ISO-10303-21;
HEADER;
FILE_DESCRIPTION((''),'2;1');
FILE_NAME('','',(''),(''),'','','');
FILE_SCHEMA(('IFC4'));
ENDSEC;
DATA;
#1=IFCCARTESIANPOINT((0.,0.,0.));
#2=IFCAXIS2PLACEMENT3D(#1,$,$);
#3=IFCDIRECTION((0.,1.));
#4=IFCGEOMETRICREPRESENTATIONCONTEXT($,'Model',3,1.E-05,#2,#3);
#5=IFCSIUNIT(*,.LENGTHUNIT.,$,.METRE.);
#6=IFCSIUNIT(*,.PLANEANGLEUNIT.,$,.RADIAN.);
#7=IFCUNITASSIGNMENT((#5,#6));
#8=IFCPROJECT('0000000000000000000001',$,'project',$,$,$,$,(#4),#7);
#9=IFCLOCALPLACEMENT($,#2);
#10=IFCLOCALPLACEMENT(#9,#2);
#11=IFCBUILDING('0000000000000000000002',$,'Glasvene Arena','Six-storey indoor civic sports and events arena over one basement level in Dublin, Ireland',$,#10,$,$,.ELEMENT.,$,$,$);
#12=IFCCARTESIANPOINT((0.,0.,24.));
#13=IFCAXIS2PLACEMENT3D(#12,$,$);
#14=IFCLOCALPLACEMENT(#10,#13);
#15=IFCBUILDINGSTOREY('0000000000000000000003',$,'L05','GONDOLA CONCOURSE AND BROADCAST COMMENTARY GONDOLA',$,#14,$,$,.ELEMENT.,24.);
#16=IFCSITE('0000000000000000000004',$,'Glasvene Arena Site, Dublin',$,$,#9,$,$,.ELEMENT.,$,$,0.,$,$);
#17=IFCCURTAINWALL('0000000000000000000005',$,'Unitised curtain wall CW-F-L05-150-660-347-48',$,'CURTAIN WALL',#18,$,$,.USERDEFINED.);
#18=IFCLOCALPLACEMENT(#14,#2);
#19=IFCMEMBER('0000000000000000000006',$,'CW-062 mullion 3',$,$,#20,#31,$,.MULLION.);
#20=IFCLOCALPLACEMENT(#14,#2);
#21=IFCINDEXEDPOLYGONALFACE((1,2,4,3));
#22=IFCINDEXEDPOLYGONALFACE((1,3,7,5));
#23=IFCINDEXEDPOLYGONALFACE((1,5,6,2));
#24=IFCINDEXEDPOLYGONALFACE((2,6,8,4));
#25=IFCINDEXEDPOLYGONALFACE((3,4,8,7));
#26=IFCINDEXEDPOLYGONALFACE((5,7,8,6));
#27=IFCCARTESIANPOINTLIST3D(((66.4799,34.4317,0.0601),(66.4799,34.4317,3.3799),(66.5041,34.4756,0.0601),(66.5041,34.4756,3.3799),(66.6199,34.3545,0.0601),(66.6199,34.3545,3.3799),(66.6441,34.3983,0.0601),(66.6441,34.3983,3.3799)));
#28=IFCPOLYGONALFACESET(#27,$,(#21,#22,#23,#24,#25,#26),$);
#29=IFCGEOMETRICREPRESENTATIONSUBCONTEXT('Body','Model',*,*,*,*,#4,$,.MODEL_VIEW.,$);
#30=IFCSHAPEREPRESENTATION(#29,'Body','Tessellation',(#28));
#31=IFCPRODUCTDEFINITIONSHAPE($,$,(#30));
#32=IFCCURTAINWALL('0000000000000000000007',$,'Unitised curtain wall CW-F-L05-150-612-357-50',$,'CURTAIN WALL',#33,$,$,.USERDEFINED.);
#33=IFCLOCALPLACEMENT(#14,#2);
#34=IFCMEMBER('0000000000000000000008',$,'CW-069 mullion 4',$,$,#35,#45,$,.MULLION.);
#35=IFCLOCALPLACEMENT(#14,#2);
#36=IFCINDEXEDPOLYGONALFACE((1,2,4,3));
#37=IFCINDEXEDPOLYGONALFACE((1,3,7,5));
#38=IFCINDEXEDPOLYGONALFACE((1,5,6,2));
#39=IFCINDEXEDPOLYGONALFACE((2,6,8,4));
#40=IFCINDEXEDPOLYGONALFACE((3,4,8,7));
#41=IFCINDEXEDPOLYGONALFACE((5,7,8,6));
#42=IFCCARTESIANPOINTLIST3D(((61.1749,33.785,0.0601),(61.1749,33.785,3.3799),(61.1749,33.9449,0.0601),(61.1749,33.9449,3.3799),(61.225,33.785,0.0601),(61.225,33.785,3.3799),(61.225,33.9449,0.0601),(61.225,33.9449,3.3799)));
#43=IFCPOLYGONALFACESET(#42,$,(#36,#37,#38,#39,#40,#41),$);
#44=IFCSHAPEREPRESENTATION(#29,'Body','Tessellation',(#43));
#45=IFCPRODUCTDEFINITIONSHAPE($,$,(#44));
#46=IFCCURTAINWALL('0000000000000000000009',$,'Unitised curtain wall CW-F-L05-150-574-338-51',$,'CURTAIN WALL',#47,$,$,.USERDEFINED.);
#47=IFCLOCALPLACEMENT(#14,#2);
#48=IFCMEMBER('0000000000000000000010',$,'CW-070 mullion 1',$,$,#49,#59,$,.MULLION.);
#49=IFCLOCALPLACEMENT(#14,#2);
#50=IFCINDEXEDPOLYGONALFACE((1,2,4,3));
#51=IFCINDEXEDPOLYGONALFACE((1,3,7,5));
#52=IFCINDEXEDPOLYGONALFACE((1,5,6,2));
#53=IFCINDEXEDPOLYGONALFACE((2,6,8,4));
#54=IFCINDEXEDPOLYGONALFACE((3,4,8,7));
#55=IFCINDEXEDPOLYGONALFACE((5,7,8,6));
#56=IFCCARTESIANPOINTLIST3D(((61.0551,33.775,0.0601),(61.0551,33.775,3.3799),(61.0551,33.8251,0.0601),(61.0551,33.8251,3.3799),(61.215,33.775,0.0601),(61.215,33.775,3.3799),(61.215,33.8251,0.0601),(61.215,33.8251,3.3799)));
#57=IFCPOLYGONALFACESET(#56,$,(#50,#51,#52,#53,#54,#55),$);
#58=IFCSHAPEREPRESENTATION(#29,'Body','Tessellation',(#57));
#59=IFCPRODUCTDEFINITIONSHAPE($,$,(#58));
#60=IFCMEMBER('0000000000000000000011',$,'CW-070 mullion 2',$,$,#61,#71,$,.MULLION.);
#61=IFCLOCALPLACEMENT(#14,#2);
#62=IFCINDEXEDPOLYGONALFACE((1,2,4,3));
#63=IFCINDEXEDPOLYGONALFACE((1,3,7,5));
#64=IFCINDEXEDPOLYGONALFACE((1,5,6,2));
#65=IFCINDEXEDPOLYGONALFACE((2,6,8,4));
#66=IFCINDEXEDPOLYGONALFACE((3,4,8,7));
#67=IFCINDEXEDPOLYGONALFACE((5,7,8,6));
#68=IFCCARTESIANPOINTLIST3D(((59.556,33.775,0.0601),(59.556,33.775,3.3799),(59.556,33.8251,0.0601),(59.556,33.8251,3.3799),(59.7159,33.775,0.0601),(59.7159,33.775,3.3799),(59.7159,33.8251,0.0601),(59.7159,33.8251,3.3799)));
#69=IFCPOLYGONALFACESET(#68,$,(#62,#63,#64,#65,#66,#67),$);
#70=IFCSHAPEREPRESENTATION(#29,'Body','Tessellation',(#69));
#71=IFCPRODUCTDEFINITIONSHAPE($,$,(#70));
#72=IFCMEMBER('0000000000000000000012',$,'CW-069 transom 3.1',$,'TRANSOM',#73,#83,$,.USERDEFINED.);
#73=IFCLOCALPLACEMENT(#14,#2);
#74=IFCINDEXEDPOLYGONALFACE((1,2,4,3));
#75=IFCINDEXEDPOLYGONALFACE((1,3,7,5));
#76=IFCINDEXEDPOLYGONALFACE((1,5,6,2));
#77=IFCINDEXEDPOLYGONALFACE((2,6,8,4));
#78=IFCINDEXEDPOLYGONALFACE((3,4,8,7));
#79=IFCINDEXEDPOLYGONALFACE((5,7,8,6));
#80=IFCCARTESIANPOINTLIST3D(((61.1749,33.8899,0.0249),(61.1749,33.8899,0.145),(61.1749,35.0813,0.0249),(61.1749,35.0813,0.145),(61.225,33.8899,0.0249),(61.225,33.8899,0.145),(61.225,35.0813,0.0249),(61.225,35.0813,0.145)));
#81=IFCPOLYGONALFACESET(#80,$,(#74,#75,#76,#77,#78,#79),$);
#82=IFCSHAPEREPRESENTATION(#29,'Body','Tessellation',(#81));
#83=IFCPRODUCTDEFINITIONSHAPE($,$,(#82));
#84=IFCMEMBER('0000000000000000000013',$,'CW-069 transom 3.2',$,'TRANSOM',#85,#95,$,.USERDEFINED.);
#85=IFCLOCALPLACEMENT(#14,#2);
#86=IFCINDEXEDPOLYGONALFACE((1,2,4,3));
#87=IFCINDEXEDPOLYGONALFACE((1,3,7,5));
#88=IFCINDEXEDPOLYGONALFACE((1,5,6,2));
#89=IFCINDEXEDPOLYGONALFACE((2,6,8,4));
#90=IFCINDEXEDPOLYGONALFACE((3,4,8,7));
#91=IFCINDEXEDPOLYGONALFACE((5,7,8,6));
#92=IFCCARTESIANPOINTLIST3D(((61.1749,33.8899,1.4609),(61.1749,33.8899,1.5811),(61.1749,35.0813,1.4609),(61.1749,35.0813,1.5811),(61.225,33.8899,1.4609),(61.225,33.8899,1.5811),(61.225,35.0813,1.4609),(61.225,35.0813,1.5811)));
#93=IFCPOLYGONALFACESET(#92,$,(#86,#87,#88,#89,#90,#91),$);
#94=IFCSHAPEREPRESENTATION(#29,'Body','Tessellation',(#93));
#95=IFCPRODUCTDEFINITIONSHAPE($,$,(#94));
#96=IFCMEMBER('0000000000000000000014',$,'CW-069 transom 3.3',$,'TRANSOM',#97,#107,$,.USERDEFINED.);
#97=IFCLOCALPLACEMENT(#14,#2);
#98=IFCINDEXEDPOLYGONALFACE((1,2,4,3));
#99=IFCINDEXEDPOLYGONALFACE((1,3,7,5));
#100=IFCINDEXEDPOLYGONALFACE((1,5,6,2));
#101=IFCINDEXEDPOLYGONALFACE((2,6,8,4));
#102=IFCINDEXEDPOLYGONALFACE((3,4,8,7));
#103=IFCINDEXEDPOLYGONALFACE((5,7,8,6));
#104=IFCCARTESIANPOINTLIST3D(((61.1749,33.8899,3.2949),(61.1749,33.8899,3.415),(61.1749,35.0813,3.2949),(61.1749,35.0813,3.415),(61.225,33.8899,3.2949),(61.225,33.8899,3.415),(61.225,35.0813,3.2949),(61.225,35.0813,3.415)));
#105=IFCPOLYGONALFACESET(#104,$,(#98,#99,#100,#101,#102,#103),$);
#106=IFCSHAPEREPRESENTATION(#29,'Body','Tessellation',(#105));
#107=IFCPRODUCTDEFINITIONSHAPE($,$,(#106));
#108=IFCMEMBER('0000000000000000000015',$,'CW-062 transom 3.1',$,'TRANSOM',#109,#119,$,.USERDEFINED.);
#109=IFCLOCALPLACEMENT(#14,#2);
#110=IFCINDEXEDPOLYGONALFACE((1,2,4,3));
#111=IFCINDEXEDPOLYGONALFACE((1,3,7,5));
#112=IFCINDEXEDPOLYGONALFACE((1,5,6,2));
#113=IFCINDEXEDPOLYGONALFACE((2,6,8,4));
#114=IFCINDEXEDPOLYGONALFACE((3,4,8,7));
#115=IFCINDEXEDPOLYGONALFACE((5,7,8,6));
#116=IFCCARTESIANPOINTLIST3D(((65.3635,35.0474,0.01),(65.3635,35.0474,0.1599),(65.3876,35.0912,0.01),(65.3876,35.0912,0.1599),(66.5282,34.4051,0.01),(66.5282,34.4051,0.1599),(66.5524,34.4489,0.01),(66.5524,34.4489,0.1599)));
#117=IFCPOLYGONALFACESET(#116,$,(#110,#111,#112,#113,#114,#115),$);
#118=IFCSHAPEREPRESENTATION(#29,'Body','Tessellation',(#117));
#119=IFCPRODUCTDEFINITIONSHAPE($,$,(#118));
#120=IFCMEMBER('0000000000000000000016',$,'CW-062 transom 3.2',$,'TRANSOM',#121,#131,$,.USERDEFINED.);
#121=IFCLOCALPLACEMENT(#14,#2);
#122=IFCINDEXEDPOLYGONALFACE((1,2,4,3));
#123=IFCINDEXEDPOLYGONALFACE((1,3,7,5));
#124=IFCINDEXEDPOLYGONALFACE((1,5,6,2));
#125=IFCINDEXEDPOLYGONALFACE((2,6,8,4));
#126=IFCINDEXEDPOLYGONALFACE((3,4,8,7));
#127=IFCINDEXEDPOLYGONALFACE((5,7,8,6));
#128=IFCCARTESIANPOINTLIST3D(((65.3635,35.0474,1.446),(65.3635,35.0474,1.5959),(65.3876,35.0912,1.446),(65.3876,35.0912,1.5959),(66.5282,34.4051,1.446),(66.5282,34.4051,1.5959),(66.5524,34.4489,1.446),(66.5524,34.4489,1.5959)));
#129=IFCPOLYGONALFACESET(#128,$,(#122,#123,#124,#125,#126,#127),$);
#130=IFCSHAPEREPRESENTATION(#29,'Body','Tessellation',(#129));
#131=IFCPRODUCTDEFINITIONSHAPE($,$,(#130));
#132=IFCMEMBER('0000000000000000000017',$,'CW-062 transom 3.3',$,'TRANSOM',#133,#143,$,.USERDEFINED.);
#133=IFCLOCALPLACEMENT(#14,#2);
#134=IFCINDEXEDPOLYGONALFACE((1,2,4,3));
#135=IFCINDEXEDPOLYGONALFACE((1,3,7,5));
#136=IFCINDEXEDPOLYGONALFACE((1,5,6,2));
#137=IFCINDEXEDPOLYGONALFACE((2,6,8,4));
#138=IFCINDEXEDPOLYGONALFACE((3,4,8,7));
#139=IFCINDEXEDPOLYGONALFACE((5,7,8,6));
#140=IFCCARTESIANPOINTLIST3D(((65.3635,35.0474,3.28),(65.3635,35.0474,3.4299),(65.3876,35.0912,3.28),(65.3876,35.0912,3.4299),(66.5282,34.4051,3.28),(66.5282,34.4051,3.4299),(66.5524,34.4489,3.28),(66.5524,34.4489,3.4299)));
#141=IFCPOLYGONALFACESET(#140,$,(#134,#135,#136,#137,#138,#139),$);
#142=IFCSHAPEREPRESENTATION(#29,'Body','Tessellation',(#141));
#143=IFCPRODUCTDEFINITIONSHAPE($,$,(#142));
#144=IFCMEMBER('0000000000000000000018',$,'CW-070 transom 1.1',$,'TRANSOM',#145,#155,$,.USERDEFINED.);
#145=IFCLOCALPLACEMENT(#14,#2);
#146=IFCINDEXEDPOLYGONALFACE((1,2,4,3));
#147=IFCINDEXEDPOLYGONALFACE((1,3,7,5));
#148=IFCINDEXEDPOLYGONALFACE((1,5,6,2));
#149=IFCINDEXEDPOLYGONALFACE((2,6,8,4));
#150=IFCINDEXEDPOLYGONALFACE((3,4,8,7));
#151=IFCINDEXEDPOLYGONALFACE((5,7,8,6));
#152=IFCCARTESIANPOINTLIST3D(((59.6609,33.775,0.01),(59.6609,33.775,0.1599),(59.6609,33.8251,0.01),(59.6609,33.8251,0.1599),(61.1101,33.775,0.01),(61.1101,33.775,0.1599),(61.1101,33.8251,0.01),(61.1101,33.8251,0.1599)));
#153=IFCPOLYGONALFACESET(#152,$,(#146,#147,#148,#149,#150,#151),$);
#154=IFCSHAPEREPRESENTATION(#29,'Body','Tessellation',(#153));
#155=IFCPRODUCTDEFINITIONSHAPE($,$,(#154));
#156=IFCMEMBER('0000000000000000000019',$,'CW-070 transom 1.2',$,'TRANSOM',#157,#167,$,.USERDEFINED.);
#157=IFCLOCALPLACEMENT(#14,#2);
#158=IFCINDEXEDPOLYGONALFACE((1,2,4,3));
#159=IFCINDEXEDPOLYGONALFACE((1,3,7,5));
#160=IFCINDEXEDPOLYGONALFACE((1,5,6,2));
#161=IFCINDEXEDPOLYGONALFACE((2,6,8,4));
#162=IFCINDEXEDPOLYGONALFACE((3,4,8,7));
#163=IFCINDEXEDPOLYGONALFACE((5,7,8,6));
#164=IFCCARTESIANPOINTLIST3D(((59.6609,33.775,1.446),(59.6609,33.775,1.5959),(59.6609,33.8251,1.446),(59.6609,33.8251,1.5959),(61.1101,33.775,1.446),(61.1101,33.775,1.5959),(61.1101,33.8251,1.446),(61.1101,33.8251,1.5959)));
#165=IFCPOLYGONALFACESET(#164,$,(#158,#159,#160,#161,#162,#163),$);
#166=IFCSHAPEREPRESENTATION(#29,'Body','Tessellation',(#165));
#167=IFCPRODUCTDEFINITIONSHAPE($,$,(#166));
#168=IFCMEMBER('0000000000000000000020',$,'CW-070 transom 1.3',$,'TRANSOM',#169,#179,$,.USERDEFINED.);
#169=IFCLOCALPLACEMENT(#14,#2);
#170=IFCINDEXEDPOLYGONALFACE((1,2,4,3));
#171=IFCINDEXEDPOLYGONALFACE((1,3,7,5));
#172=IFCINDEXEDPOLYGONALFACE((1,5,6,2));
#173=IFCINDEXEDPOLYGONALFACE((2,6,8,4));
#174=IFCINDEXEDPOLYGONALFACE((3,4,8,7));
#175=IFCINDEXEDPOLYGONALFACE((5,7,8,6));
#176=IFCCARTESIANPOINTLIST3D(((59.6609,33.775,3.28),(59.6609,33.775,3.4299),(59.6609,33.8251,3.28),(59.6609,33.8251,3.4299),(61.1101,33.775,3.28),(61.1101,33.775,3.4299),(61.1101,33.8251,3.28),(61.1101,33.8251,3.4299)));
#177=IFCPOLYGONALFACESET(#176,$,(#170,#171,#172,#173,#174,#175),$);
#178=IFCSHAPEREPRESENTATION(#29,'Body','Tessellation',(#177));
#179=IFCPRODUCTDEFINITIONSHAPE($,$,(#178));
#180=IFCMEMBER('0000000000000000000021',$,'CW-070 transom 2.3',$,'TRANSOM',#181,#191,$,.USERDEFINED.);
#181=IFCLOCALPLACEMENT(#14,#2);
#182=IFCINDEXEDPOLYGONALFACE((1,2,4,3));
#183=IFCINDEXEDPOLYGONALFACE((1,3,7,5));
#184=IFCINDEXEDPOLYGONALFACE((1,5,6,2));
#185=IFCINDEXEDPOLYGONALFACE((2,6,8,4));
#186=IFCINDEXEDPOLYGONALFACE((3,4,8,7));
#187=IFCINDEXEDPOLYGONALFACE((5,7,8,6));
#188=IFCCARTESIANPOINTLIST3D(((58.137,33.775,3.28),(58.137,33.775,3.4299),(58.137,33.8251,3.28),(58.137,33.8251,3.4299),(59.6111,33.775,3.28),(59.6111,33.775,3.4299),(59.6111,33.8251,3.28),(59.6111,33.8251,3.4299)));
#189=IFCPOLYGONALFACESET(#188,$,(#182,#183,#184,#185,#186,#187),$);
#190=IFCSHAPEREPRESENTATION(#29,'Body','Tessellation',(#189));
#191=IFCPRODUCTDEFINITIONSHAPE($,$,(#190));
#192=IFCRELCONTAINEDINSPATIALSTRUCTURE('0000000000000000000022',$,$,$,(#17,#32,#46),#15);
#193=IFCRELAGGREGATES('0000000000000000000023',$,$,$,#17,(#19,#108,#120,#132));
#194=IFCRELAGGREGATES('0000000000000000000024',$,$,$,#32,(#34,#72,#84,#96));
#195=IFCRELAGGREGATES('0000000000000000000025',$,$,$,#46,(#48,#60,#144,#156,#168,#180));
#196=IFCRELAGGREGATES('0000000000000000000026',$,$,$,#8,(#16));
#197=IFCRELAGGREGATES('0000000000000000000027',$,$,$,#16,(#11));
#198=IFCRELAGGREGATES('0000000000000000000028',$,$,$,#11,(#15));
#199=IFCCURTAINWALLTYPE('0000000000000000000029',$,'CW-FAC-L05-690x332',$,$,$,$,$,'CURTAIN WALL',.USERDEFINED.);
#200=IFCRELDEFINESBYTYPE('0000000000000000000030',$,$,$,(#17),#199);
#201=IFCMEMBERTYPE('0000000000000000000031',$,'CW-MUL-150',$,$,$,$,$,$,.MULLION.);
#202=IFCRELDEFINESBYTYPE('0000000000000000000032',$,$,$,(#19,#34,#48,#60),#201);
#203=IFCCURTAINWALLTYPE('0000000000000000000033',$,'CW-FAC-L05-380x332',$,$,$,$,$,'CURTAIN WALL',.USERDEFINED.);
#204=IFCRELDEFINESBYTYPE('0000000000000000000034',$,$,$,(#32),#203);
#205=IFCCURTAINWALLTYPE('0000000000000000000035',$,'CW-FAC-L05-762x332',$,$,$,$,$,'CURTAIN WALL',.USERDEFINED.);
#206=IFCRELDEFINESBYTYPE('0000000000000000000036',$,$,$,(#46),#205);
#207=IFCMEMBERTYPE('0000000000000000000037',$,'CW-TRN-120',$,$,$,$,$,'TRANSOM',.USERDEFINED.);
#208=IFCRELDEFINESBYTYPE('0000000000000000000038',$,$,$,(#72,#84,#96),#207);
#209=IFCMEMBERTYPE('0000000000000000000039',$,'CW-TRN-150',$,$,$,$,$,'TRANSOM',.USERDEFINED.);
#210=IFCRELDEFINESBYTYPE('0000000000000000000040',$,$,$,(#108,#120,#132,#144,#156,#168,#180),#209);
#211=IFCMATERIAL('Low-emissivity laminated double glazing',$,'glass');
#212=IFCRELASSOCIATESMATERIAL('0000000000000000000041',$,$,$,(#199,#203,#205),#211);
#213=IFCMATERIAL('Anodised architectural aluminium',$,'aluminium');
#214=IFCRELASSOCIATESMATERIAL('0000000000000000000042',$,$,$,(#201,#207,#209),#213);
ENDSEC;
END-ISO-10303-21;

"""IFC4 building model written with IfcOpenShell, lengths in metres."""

from ifc_helpers import new_model, si_unit, direction, frame, origin, origin_2d, place, context, subcontext, project, spatial, rectangle, extrude, material, material_profile, profile_set, type_object, element, aggregate, save


model = new_model("IFC4")

# Units and contexts
model_context = context("Model", 3, precision=1e-05, world=origin(), true_north=direction((0.0, 1.0)))
body_context = subcontext(model_context, "Body", "Model", "MODEL_VIEW")
ifc_project = project(units=[si_unit("LENGTHUNIT", "METRE"), si_unit("PLANEANGLEUNIT", "RADIAN")], contexts=[model_context])

# Site, building, storey
site_placement = place(None, origin())
site = spatial("IfcSite", under=ifc_project, at=site_placement, Name="Glasvene Arena Site, Dublin", CompositionType="ELEMENT", RefElevation=0.0)
building_placement = place(site_placement, origin())
building = spatial("IfcBuilding", under=site, at=building_placement, Name="Glasvene Arena", Description="Six-storey indoor civic sports and events arena over one basement level in Dublin, Ireland", CompositionType="ELEMENT")
storey_placement = place(building_placement, frame((0.0, 0.0, 24.0)))
storey = spatial("IfcBuildingStorey", under=building, at=storey_placement, Name="L05", Description="GONDOLA CONCOURSE AND BROADCAST COMMENTARY GONDOLA", CompositionType="ELEMENT", Elevation=24.0)

# Curtain walls, members
ifc_material_1 = material(Name="Low-emissivity laminated double glazing", Category="glass")
curtain_wall_type_1 = type_object("IfcCurtainWallType", Name="CW-FAC-L05-690x332", ElementType="CURTAIN WALL", PredefinedType="USERDEFINED", material=ifc_material_1)
curtain_wall_1_placement = place(storey_placement, frame((68.979, 33.0818, 0.0)))
curtain_wall_1 = element("IfcCurtainWall", 1, at=curtain_wall_1_placement, inside=storey, type_object=curtain_wall_type_1, Name="Unitised curtain wall CW-F-L05-150-660-347-48", ObjectType="CURTAIN WALL", PredefinedType="USERDEFINED")
ifc_material_2 = material(Name="Anodised architectural aluminium", Category="aluminium")
ifc_material_profile_1 = material_profile(ifc_material_2, rectangle(XDim=0.05, YDim=0.1599, at=origin_2d()), Name="ALU MULLION 50x160")
ifc_profile_set_1 = profile_set([ifc_material_profile_1], Name="Anodised architectural aluminium")
member_type_1 = type_object("IfcMemberType", Name="CW-MUL-150", PredefinedType="MULLION", material=ifc_profile_set_1)
member_1_placement = place(storey_placement, frame((66.562, 34.415, 0.0601), z_axis=(0.0, 0.0, 1.0), x_axis=(-0.482939, -0.875654, 0.0)))
member_1 = element("IfcMember", 2, at=member_1_placement, type_object=member_type_1, Name="CW-062 mullion 3", PredefinedType="MULLION", context=body_context, shape_type="SweptSolid", body=[
    extrude(rectangle(XDim=0.05, YDim=0.1599, at=origin_2d()), origin(), (0.0, 0.0, 1.0), 3.3198),
])
curtain_wall_type_2 = type_object("IfcCurtainWallType", Name="CW-FAC-L05-380x332", ElementType="CURTAIN WALL", PredefinedType="USERDEFINED", material=ifc_material_1)
curtain_wall_2_placement = place(storey_placement, frame((61.2, 37.6387, 0.0)))
curtain_wall_2 = element("IfcCurtainWall", 3, at=curtain_wall_2_placement, inside=storey, type_object=curtain_wall_type_2, Name="Unitised curtain wall CW-F-L05-150-612-357-50", ObjectType="CURTAIN WALL", PredefinedType="USERDEFINED")
member_2_placement = place(storey_placement, frame((61.2, 33.865, 0.0601), z_axis=(0.0, 0.0, 1.0), x_axis=(1.0, 0.0, 0.0)))
member_2 = element("IfcMember", 4, at=member_2_placement, type_object=member_type_1, Name="CW-069 mullion 4", PredefinedType="MULLION", context=body_context, shape_type="SweptSolid", body=[
    extrude(rectangle(XDim=0.05, YDim=0.1599, at=origin_2d()), origin(), (0.0, 0.0, 1.0), 3.3198),
])

# Curtain wall, members
curtain_wall_type_3 = type_object("IfcCurtainWallType", Name="CW-FAC-L05-762x332", ElementType="CURTAIN WALL", PredefinedType="USERDEFINED", material=ifc_material_1)
curtain_wall_3_placement = place(storey_placement, frame((61.1599, 33.8, 0.0)))
curtain_wall_3 = element("IfcCurtainWall", 5, at=curtain_wall_3_placement, inside=storey, type_object=curtain_wall_type_3, Name="Unitised curtain wall CW-F-L05-150-574-338-51", ObjectType="CURTAIN WALL", PredefinedType="USERDEFINED")
member_3_placement = place(storey_placement, frame((61.135, 33.8, 0.0601), z_axis=(0.0, 0.0, 1.0), x_axis=(0.0, -1.0, 0.0)))
member_3 = element("IfcMember", 6, at=member_3_placement, type_object=member_type_1, Name="CW-070 mullion 1", PredefinedType="MULLION", context=body_context, shape_type="SweptSolid", body=[
    extrude(rectangle(XDim=0.05, YDim=0.1599, at=origin_2d()), origin(), (0.0, 0.0, 1.0), 3.3198),
])
member_4_placement = place(storey_placement, frame((59.636, 33.8, 0.0601), z_axis=(0.0, 0.0, 1.0), x_axis=(0.0, -1.0, 0.0)))
member_4 = element("IfcMember", 7, at=member_4_placement, type_object=member_type_1, Name="CW-070 mullion 2", PredefinedType="MULLION", context=body_context, shape_type="SweptSolid", body=[
    extrude(rectangle(XDim=0.05, YDim=0.1599, at=origin_2d()), origin(), (0.0, 0.0, 1.0), 3.3198),
])

# Members
ifc_material_profile_2 = material_profile(ifc_material_2, rectangle(XDim=0.05, YDim=0.1201, at=origin_2d()), Name="ALU TRANSOM 50x120")
ifc_profile_set_2 = profile_set([ifc_material_profile_2], Name="Anodised architectural aluminium")
member_type_2 = type_object("IfcMemberType", Name="CW-TRN-120", ElementType="TRANSOM", PredefinedType="USERDEFINED", material=ifc_profile_set_2)
member_5_placement = place(storey_placement, frame((61.2, 35.0813, 0.085), z_axis=(0.0, -1.0, 0.0), x_axis=(1.0, 0.0, 0.0)))
member_5 = element("IfcMember", 8, at=member_5_placement, type_object=member_type_2, Name="CW-069 transom 3.1", ObjectType="TRANSOM", PredefinedType="USERDEFINED", context=body_context, shape_type="SweptSolid", body=[
    extrude(rectangle(XDim=0.05, YDim=0.1201, at=origin_2d()), origin(), (0.0, 0.0, 1.0), 1.1914),
])
member_6_placement = place(storey_placement, frame((61.2, 35.0813, 1.521), z_axis=(0.0, -1.0, 0.0), x_axis=(1.0, 0.0, 0.0)))
member_6 = element("IfcMember", 9, at=member_6_placement, type_object=member_type_2, Name="CW-069 transom 3.2", ObjectType="TRANSOM", PredefinedType="USERDEFINED", context=body_context, shape_type="SweptSolid", body=[
    extrude(rectangle(XDim=0.05, YDim=0.1201, at=origin_2d()), origin(), (0.0, 0.0, 1.0), 1.1914),
])
member_7_placement = place(storey_placement, frame((61.2, 35.0813, 3.355), z_axis=(0.0, -1.0, 0.0), x_axis=(1.0, 0.0, 0.0)))
member_7 = element("IfcMember", 10, at=member_7_placement, type_object=member_type_2, Name="CW-069 transom 3.3", ObjectType="TRANSOM", PredefinedType="USERDEFINED", context=body_context, shape_type="SweptSolid", body=[
    extrude(rectangle(XDim=0.05, YDim=0.1201, at=origin_2d()), origin(), (0.0, 0.0, 1.0), 1.1914),
])
ifc_material_profile_3 = material_profile(ifc_material_2, rectangle(XDim=0.05, YDim=0.1499, at=origin_2d()), Name="ALU TRANSOM 50x150")
ifc_profile_set_3 = profile_set([ifc_material_profile_3], Name="Anodised architectural aluminium")
member_type_3 = type_object("IfcMemberType", Name="CW-TRN-150", ElementType="TRANSOM", PredefinedType="USERDEFINED", material=ifc_profile_set_3)
member_8_placement = place(storey_placement, frame((66.5403, 34.427, 0.085), z_axis=(-0.875677, 0.482898, 0.0), x_axis=(-0.482898, -0.875677, 0.0)))
member_8 = element("IfcMember", 11, at=member_8_placement, type_object=member_type_3, Name="CW-062 transom 3.1", ObjectType="TRANSOM", PredefinedType="USERDEFINED", context=body_context, shape_type="SweptSolid", body=[
    extrude(rectangle(XDim=0.05, YDim=0.1499, at=origin_2d()), origin(), (0.0, 0.0, 1.0), 1.3301),
])
member_9_placement = place(storey_placement, frame((66.5403, 34.427, 1.521), z_axis=(-0.875677, 0.482898, 0.0), x_axis=(-0.482898, -0.875677, 0.0)))
member_9 = element("IfcMember", 12, at=member_9_placement, type_object=member_type_3, Name="CW-062 transom 3.2", ObjectType="TRANSOM", PredefinedType="USERDEFINED", context=body_context, shape_type="SweptSolid", body=[
    extrude(rectangle(XDim=0.05, YDim=0.1499, at=origin_2d()), origin(), (0.0, 0.0, 1.0), 1.3301),
])
member_10_placement = place(storey_placement, frame((66.5403, 34.427, 3.355), z_axis=(-0.875677, 0.482898, 0.0), x_axis=(-0.482898, -0.875677, 0.0)))
member_10 = element("IfcMember", 13, at=member_10_placement, type_object=member_type_3, Name="CW-062 transom 3.3", ObjectType="TRANSOM", PredefinedType="USERDEFINED", context=body_context, shape_type="SweptSolid", body=[
    extrude(rectangle(XDim=0.05, YDim=0.1499, at=origin_2d()), origin(), (0.0, 0.0, 1.0), 1.3301),
])
member_11_placement = place(storey_placement, frame((61.1101, 33.8, 0.085), z_axis=(-1.0, 0.0, 0.0), x_axis=(0.0, -1.0, 0.0)))
member_11 = element("IfcMember", 14, at=member_11_placement, type_object=member_type_3, Name="CW-070 transom 1.1", ObjectType="TRANSOM", PredefinedType="USERDEFINED", context=body_context, shape_type="SweptSolid", body=[
    extrude(rectangle(XDim=0.05, YDim=0.1499, at=origin_2d()), origin(), (0.0, 0.0, 1.0), 1.4492),
])
member_12_placement = place(storey_placement, frame((61.1101, 33.8, 1.521), z_axis=(-1.0, 0.0, 0.0), x_axis=(0.0, -1.0, 0.0)))
member_12 = element("IfcMember", 15, at=member_12_placement, type_object=member_type_3, Name="CW-070 transom 1.2", ObjectType="TRANSOM", PredefinedType="USERDEFINED", context=body_context, shape_type="SweptSolid", body=[
    extrude(rectangle(XDim=0.05, YDim=0.1499, at=origin_2d()), origin(), (0.0, 0.0, 1.0), 1.4492),
])
member_13_placement = place(storey_placement, frame((61.1101, 33.8, 3.355), z_axis=(-1.0, 0.0, 0.0), x_axis=(0.0, -1.0, 0.0)))
member_13 = element("IfcMember", 16, at=member_13_placement, type_object=member_type_3, Name="CW-070 transom 1.3", ObjectType="TRANSOM", PredefinedType="USERDEFINED", context=body_context, shape_type="SweptSolid", body=[
    extrude(rectangle(XDim=0.05, YDim=0.1499, at=origin_2d()), origin(), (0.0, 0.0, 1.0), 1.4492),
])
member_14_placement = place(storey_placement, frame((59.6111, 33.8, 3.355), z_axis=(-1.0, 0.0, 0.0), x_axis=(0.0, -1.0, 0.0)))
member_14 = element("IfcMember", 17, at=member_14_placement, type_object=member_type_3, Name="CW-070 transom 2.3", ObjectType="TRANSOM", PredefinedType="USERDEFINED", context=body_context, shape_type="SweptSolid", body=[
    extrude(rectangle(XDim=0.05, YDim=0.1499, at=origin_2d()), origin(), (0.0, 0.0, 1.0), 1.4741),
])

aggregate(curtain_wall_1, [member_1, member_8, member_9, member_10])
aggregate(curtain_wall_2, [member_2, member_5, member_6, member_7])
aggregate(curtain_wall_3, [member_3, member_4, member_11, member_12, member_13, member_14])

save(model, "model.ifc")
